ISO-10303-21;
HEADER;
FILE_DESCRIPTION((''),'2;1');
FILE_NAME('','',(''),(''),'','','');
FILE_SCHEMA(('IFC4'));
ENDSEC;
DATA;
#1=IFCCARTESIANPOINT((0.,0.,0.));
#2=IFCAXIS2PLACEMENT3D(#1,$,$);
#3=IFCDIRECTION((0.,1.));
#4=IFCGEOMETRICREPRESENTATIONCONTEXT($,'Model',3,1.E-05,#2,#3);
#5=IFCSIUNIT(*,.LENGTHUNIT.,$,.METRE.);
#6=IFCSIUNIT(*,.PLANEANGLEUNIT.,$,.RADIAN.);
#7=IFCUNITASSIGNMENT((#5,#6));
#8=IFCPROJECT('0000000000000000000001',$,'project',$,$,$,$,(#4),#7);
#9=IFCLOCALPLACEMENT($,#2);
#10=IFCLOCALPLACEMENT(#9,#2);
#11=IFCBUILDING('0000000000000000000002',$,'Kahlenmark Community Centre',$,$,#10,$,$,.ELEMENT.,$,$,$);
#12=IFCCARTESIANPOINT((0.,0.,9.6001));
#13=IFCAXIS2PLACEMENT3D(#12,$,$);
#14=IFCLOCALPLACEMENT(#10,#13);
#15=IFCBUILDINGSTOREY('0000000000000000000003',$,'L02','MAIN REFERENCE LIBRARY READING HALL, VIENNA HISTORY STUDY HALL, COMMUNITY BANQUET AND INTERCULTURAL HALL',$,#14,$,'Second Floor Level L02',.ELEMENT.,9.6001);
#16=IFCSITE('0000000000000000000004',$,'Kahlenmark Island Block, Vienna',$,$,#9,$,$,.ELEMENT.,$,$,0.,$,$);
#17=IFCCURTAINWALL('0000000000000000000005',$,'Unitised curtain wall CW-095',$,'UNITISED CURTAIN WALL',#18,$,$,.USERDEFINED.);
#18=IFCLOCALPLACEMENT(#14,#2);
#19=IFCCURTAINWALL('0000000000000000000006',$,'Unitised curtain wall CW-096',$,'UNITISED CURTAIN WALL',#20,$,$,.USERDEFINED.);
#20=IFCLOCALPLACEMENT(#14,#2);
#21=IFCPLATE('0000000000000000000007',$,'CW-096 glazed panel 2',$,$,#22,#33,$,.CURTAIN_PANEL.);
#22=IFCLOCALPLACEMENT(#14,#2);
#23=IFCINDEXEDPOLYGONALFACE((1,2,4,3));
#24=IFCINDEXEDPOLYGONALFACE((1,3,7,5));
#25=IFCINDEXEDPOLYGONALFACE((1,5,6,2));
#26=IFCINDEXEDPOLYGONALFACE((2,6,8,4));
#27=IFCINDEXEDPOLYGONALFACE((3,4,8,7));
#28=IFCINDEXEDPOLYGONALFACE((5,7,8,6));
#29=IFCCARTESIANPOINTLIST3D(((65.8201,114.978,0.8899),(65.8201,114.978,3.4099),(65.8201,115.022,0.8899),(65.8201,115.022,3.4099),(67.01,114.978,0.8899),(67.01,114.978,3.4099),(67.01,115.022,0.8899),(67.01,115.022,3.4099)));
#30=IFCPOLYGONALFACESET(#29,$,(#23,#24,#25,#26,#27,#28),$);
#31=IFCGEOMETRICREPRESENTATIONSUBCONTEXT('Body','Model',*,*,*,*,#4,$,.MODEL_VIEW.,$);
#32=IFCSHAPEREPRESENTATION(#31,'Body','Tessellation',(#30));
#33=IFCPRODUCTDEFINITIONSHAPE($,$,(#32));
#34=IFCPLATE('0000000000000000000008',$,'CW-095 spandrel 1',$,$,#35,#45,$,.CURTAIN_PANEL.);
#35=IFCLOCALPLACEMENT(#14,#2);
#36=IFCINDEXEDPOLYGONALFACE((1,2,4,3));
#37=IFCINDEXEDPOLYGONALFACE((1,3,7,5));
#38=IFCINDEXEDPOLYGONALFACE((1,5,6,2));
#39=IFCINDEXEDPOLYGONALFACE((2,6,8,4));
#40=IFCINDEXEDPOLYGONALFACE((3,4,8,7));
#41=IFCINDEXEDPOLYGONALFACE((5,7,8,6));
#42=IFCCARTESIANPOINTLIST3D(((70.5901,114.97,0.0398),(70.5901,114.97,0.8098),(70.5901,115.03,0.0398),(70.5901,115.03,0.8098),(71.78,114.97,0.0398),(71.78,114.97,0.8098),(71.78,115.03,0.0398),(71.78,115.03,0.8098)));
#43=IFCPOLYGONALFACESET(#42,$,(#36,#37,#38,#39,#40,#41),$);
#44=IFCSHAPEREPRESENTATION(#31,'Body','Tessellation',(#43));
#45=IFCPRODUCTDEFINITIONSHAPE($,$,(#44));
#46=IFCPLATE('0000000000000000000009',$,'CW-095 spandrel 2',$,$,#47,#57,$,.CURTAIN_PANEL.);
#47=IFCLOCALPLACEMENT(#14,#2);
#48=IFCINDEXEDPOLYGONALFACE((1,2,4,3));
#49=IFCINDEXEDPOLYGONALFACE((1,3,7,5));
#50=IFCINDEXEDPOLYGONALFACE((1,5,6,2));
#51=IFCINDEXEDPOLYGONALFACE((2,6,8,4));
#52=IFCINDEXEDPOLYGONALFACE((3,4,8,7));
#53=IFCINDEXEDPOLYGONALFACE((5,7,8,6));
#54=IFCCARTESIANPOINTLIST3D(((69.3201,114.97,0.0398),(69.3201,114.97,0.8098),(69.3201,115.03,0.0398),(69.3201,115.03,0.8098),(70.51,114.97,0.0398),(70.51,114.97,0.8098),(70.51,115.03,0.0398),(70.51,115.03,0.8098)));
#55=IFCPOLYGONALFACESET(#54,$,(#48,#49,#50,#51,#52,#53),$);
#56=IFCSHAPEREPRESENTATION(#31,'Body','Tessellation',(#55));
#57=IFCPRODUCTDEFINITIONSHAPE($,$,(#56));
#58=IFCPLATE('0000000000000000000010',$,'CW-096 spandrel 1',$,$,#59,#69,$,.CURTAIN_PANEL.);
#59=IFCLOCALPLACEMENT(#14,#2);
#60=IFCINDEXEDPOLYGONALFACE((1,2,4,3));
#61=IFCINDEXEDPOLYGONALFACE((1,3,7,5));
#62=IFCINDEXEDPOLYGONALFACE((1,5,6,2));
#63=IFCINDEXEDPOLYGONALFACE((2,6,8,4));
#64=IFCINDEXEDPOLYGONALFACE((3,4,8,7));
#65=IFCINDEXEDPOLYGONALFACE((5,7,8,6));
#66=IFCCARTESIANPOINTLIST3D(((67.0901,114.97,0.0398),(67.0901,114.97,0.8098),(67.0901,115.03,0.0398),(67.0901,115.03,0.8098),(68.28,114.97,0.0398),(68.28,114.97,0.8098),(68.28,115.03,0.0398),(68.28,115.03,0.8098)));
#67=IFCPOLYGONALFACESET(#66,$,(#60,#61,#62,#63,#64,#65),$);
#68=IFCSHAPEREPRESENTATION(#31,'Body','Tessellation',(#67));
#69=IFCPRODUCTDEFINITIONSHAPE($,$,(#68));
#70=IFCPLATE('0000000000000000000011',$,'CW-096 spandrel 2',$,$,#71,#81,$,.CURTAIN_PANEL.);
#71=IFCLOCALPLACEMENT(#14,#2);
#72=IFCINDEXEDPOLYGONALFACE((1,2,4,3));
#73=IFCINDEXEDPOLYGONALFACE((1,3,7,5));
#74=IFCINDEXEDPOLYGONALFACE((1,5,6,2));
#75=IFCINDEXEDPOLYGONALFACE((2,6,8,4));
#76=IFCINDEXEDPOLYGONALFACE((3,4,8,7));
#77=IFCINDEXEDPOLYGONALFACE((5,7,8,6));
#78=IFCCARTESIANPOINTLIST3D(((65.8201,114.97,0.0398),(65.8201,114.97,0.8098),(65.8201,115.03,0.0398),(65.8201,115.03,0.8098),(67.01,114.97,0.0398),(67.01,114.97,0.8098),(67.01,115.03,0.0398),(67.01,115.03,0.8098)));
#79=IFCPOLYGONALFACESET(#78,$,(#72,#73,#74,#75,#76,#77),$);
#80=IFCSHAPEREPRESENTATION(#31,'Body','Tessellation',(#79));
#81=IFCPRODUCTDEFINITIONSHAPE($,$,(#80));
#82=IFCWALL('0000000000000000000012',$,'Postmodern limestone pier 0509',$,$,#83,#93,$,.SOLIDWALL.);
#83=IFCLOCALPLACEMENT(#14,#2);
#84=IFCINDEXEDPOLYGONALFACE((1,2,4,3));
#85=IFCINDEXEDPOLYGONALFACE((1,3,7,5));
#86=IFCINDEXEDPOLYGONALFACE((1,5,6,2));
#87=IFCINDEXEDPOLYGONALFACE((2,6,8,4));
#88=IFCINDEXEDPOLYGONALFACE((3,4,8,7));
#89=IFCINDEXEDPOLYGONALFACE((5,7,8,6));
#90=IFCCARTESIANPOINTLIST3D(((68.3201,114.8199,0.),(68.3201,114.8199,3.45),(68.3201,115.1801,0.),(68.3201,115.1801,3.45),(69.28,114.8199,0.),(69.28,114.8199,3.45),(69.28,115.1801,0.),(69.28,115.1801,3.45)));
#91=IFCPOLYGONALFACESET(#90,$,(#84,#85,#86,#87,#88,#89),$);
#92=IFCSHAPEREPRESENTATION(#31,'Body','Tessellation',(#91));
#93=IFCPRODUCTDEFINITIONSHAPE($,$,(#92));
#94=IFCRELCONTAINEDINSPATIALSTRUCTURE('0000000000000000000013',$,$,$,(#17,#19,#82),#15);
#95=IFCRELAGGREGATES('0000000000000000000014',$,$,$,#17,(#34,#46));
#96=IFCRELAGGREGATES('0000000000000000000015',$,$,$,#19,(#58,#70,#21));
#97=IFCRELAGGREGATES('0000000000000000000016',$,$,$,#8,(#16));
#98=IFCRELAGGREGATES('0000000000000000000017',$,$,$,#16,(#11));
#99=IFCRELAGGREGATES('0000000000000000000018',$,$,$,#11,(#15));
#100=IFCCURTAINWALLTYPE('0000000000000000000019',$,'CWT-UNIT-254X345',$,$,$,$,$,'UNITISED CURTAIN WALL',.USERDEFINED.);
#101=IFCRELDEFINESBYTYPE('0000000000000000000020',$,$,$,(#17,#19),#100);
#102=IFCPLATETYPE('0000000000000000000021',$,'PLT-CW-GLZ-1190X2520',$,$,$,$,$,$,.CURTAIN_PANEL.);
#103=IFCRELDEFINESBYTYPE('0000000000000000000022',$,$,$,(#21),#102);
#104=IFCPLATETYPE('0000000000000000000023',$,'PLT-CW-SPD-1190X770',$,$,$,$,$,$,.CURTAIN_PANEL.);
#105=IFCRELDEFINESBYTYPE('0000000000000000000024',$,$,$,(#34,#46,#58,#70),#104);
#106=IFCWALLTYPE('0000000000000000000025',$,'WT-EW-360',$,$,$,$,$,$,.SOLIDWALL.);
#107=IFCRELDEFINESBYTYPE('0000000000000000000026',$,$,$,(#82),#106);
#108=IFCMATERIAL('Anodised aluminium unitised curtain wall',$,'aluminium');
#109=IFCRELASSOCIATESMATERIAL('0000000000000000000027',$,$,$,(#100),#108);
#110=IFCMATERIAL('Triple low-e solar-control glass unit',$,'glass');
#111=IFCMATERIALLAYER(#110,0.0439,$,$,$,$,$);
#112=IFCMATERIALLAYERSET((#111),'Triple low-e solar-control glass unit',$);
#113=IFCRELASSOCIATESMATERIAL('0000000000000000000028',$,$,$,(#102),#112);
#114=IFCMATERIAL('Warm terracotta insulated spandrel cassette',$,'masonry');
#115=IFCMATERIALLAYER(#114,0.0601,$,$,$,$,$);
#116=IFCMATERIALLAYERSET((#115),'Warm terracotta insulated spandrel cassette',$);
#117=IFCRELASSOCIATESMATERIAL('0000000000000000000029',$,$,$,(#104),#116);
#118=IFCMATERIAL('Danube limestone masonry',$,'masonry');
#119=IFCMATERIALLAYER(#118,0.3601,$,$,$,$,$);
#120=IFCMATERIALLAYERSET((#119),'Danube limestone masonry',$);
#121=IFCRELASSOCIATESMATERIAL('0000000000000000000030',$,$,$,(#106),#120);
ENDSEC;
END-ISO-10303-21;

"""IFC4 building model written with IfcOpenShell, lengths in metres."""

from ifc_helpers import new_model, si_unit, direction, frame, frame_2d, origin, origin_2d, place, context, subcontext, project, spatial, rectangle, extrude, material, layer, layer_set, type_object, element, aggregate, save


model = new_model("IFC4")

# Units and contexts
model_context = context("Model", 3, precision=1e-05, world=origin(), true_north=direction((0.0, 1.0)))
body_context = subcontext(model_context, "Body", "Model", "MODEL_VIEW")
ifc_project = project(units=[si_unit("LENGTHUNIT", "METRE"), si_unit("PLANEANGLEUNIT", "RADIAN")], contexts=[model_context])

# Site, building, storey
site_placement = place(None, origin())
site = spatial("IfcSite", under=ifc_project, at=site_placement, Name="Kahlenmark Island Block, Vienna", CompositionType="ELEMENT", RefElevation=0.0)
building_placement = place(site_placement, origin())
building = spatial("IfcBuilding", under=site, at=building_placement, Name="Kahlenmark Community Centre", CompositionType="ELEMENT")
storey_placement = place(building_placement, frame((0.0, 0.0, 9.6001)))
storey = spatial("IfcBuildingStorey", under=building, at=storey_placement, Name="L02", Description="MAIN REFERENCE LIBRARY READING HALL, VIENNA HISTORY STUDY HALL, COMMUNITY BANQUET AND INTERCULTURAL HALL", LongName="Second Floor Level L02", CompositionType="ELEMENT", Elevation=9.6001)

# Curtain walls
ifc_material_1 = material(Name="Anodised aluminium unitised curtain wall", Category="aluminium")
curtain_wall_type = type_object("IfcCurtainWallType", Name="CWT-UNIT-254X345", ElementType="UNITISED CURTAIN WALL", PredefinedType="USERDEFINED", material=ifc_material_1)
curtain_wall_1_placement = place(storey_placement, origin())
curtain_wall_1 = element("IfcCurtainWall", 1, at=curtain_wall_1_placement, inside=storey, type_object=curtain_wall_type, Name="Unitised curtain wall CW-095", ObjectType="UNITISED CURTAIN WALL", PredefinedType="USERDEFINED")
curtain_wall_2_placement = place(storey_placement, origin())
curtain_wall_2 = element("IfcCurtainWall", 2, at=curtain_wall_2_placement, inside=storey, type_object=curtain_wall_type, Name="Unitised curtain wall CW-096", ObjectType="UNITISED CURTAIN WALL", PredefinedType="USERDEFINED")

# Plates
ifc_material_2 = material(Name="Triple low-e solar-control glass unit", Category="glass")
ifc_layer_1 = layer(ifc_material_2, 0.0439)
ifc_layer_set_1 = layer_set([ifc_layer_1], Name="Triple low-e solar-control glass unit")
plate_type_1 = type_object("IfcPlateType", Name="PLT-CW-GLZ-1190X2520", PredefinedType="CURTAIN_PANEL", material=ifc_layer_set_1)
plate_1_placement = place(storey_placement, frame((66.415, 115.0, 0.8899), z_axis=(0.0, 0.0, 1.0), x_axis=(-1.0, 0.0, 0.0)))
plate_1 = element("IfcPlate", 3, at=plate_1_placement, type_object=plate_type_1, Name="CW-096 glazed panel 2", PredefinedType="CURTAIN_PANEL", context=body_context, shape_type="SweptSolid", body=[
    extrude(rectangle(XDim=1.1899, YDim=0.0439, at=origin_2d()), origin(), (0.0, 0.0, 1.0), 2.52),
])
ifc_material_3 = material(Name="Warm terracotta insulated spandrel cassette", Category="masonry")
ifc_layer_2 = layer(ifc_material_3, 0.0601)
ifc_layer_set_2 = layer_set([ifc_layer_2], Name="Warm terracotta insulated spandrel cassette")
plate_type_2 = type_object("IfcPlateType", Name="PLT-CW-SPD-1190X770", PredefinedType="CURTAIN_PANEL", material=ifc_layer_set_2)
plate_2_placement = place(storey_placement, frame((71.1851, 115.0, 0.0398), z_axis=(0.0, 0.0, 1.0), x_axis=(-1.0, 0.0, 0.0)))
plate_2 = element("IfcPlate", 4, at=plate_2_placement, type_object=plate_type_2, Name="CW-095 spandrel 1", PredefinedType="CURTAIN_PANEL", context=body_context, shape_type="SweptSolid", body=[
    extrude(rectangle(XDim=1.1899, YDim=0.0601, at=origin_2d()), origin(), (0.0, 0.0, 1.0), 0.77),
])
plate_3_placement = place(storey_placement, frame((69.915, 115.0, 0.0398), z_axis=(0.0, 0.0, 1.0), x_axis=(-1.0, 0.0, 0.0)))
plate_3 = element("IfcPlate", 5, at=plate_3_placement, type_object=plate_type_2, Name="CW-095 spandrel 2", PredefinedType="CURTAIN_PANEL", context=body_context, shape_type="SweptSolid", body=[
    extrude(rectangle(XDim=1.1899, YDim=0.0601, at=origin_2d()), origin(), (0.0, 0.0, 1.0), 0.77),
])
aggregate(curtain_wall_1, [plate_2, plate_3])
plate_4_placement = place(storey_placement, frame((67.6851, 115.0, 0.0398), z_axis=(0.0, 0.0, 1.0), x_axis=(-1.0, 0.0, 0.0)))
plate_4 = element("IfcPlate", 6, at=plate_4_placement, type_object=plate_type_2, Name="CW-096 spandrel 1", PredefinedType="CURTAIN_PANEL", context=body_context, shape_type="SweptSolid", body=[
    extrude(rectangle(XDim=1.1899, YDim=0.0601, at=origin_2d()), origin(), (0.0, 0.0, 1.0), 0.77),
])
plate_5_placement = place(storey_placement, frame((66.415, 115.0, 0.0398), z_axis=(0.0, 0.0, 1.0), x_axis=(-1.0, 0.0, 0.0)))
plate_5 = element("IfcPlate", 7, at=plate_5_placement, type_object=plate_type_2, Name="CW-096 spandrel 2", PredefinedType="CURTAIN_PANEL", context=body_context, shape_type="SweptSolid", body=[
    extrude(rectangle(XDim=1.1899, YDim=0.0601, at=origin_2d()), origin(), (0.0, 0.0, 1.0), 0.77),
])
aggregate(curtain_wall_2, [plate_4, plate_5, plate_1])

# Wall
ifc_material_4 = material(Name="Danube limestone masonry", Category="masonry")
ifc_layer_3 = layer(ifc_material_4, 0.3601)
ifc_layer_set_3 = layer_set([ifc_layer_3], Name="Danube limestone masonry")
wall_type = type_object("IfcWallType", Name="WT-EW-360", PredefinedType="SOLIDWALL", material=ifc_layer_set_3)
wall_placement = place(storey_placement, frame((69.28, 115.0, 0.0), z_axis=(0.0, 0.0, 1.0), x_axis=(-1.0, 0.0, 0.0)))
element("IfcWall", 8, at=wall_placement, inside=storey, type_object=wall_type, Name="Postmodern limestone pier 0509", PredefinedType="SOLIDWALL", context=body_context, shape_type="SweptSolid", body=[
    extrude(rectangle(XDim=0.96, YDim=0.3601, at=frame_2d((0.48, 0.0))), origin(), (0.0, 0.0, 1.0), 3.45),
])

save(model, "model.ifc")
